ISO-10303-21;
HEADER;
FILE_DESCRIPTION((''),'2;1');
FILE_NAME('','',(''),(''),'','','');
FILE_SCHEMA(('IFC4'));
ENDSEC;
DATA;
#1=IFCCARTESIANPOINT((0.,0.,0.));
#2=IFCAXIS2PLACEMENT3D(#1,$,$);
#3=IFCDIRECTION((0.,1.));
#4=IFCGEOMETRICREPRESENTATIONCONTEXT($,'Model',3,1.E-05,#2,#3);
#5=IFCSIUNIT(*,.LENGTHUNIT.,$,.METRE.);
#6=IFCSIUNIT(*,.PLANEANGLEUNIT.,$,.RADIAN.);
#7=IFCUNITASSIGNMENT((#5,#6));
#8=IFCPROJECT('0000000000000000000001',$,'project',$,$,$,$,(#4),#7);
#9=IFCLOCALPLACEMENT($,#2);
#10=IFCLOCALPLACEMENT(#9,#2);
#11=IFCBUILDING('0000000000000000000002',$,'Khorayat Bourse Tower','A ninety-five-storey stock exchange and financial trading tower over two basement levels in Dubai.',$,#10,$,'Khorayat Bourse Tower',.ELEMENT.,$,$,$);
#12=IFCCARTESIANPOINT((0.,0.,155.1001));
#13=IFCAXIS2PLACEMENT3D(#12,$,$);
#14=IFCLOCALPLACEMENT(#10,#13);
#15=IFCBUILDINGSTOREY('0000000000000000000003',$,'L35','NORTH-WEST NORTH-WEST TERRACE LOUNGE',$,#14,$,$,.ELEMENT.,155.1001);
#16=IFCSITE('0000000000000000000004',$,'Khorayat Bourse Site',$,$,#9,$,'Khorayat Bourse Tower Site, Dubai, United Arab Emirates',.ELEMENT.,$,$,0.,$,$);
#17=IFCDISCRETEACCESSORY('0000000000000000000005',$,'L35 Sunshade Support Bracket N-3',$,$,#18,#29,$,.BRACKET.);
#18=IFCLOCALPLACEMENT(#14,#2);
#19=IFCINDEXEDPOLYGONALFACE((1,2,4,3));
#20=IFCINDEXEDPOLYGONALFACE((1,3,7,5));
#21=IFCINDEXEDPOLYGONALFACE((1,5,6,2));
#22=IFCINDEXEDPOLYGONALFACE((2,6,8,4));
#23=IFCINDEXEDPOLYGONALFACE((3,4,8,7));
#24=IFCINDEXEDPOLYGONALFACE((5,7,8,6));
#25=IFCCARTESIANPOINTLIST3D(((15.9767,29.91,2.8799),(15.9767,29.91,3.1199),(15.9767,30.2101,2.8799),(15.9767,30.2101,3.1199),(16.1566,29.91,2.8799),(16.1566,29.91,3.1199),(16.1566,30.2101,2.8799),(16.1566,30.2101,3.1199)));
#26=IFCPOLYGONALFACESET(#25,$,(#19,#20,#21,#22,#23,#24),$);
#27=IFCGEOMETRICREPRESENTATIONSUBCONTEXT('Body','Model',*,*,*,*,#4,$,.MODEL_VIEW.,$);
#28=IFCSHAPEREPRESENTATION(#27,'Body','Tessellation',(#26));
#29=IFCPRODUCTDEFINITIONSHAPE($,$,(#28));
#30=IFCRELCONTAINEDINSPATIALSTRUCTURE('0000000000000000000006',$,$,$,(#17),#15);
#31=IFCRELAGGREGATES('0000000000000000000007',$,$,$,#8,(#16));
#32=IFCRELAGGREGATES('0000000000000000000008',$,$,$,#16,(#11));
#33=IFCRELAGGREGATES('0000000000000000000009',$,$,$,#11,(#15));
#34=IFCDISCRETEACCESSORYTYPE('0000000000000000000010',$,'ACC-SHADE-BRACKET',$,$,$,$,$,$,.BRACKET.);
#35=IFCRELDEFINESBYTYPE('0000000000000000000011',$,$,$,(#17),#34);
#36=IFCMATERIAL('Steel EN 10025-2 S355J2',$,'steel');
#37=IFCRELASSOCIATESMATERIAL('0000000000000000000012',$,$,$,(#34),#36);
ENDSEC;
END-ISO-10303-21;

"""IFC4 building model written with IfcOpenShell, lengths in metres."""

from ifc_helpers import new_model, si_unit, direction, frame, origin, origin_2d, place, context, subcontext, project, spatial, rectangle, extrude, source, transform, mapped, material, type_object, element, save


model = new_model("IFC4")

# Units and contexts
model_context = context("Model", 3, precision=1e-05, world=origin(), true_north=direction((0.0, 1.0)))
body_context = subcontext(model_context, "Body", "Model", "MODEL_VIEW")
ifc_project = project(units=[si_unit("LENGTHUNIT", "METRE"), si_unit("PLANEANGLEUNIT", "RADIAN")], contexts=[model_context])

# Site, building, storey
site_placement = place(None, origin())
site = spatial("IfcSite", under=ifc_project, at=site_placement, Name="Khorayat Bourse Site", LongName="Khorayat Bourse Tower Site, Dubai, United Arab Emirates", CompositionType="ELEMENT", RefElevation=0.0)
building_placement = place(site_placement, origin())
building = spatial("IfcBuilding", under=site, at=building_placement, Name="Khorayat Bourse Tower", Description="A ninety-five-storey stock exchange and financial trading tower over two basement levels in Dubai.", LongName="Khorayat Bourse Tower", CompositionType="ELEMENT")
storey_placement = place(building_placement, frame((0.0, 0.0, 155.1001)))
storey = spatial("IfcBuildingStorey", under=building, at=storey_placement, Name="L35", Description="NORTH-WEST NORTH-WEST TERRACE LOUNGE", CompositionType="ELEMENT", Elevation=155.1001)

# Shared definitions
ifc_material_1 = material(Name="Steel EN 10025-2 S355J2", Category="steel")

# Discrete accessory
discrete_accessory_type = type_object("IfcDiscreteAccessoryType", Name="ACC-SHADE-BRACKET", PredefinedType="BRACKET", material=ifc_material_1)
shared_shape_1 = source(origin(), body_context, "Body", "SweptSolid", [
    extrude(rectangle(XDim=0.1799, YDim=0.3, at=origin_2d()), origin(), (0.0, 0.0, 1.0), 0.24),
])
discrete_accessory_placement = place(storey_placement, frame((16.0667, 30.0601, 2.8799), z_axis=(0.0, 0.0, 1.0), x_axis=(1.0, 0.0, 0.0)))
element("IfcDiscreteAccessory", 1, at=discrete_accessory_placement, inside=storey, type_object=discrete_accessory_type, Name="L35 Sunshade Support Bracket N-3", PredefinedType="BRACKET", context=body_context, shape_type="MappedRepresentation", body=[
    mapped(shared_shape_1, transform((0.0, 0.0, 0.0), scale=1.0)),
])

save(model, "model.ifc")
